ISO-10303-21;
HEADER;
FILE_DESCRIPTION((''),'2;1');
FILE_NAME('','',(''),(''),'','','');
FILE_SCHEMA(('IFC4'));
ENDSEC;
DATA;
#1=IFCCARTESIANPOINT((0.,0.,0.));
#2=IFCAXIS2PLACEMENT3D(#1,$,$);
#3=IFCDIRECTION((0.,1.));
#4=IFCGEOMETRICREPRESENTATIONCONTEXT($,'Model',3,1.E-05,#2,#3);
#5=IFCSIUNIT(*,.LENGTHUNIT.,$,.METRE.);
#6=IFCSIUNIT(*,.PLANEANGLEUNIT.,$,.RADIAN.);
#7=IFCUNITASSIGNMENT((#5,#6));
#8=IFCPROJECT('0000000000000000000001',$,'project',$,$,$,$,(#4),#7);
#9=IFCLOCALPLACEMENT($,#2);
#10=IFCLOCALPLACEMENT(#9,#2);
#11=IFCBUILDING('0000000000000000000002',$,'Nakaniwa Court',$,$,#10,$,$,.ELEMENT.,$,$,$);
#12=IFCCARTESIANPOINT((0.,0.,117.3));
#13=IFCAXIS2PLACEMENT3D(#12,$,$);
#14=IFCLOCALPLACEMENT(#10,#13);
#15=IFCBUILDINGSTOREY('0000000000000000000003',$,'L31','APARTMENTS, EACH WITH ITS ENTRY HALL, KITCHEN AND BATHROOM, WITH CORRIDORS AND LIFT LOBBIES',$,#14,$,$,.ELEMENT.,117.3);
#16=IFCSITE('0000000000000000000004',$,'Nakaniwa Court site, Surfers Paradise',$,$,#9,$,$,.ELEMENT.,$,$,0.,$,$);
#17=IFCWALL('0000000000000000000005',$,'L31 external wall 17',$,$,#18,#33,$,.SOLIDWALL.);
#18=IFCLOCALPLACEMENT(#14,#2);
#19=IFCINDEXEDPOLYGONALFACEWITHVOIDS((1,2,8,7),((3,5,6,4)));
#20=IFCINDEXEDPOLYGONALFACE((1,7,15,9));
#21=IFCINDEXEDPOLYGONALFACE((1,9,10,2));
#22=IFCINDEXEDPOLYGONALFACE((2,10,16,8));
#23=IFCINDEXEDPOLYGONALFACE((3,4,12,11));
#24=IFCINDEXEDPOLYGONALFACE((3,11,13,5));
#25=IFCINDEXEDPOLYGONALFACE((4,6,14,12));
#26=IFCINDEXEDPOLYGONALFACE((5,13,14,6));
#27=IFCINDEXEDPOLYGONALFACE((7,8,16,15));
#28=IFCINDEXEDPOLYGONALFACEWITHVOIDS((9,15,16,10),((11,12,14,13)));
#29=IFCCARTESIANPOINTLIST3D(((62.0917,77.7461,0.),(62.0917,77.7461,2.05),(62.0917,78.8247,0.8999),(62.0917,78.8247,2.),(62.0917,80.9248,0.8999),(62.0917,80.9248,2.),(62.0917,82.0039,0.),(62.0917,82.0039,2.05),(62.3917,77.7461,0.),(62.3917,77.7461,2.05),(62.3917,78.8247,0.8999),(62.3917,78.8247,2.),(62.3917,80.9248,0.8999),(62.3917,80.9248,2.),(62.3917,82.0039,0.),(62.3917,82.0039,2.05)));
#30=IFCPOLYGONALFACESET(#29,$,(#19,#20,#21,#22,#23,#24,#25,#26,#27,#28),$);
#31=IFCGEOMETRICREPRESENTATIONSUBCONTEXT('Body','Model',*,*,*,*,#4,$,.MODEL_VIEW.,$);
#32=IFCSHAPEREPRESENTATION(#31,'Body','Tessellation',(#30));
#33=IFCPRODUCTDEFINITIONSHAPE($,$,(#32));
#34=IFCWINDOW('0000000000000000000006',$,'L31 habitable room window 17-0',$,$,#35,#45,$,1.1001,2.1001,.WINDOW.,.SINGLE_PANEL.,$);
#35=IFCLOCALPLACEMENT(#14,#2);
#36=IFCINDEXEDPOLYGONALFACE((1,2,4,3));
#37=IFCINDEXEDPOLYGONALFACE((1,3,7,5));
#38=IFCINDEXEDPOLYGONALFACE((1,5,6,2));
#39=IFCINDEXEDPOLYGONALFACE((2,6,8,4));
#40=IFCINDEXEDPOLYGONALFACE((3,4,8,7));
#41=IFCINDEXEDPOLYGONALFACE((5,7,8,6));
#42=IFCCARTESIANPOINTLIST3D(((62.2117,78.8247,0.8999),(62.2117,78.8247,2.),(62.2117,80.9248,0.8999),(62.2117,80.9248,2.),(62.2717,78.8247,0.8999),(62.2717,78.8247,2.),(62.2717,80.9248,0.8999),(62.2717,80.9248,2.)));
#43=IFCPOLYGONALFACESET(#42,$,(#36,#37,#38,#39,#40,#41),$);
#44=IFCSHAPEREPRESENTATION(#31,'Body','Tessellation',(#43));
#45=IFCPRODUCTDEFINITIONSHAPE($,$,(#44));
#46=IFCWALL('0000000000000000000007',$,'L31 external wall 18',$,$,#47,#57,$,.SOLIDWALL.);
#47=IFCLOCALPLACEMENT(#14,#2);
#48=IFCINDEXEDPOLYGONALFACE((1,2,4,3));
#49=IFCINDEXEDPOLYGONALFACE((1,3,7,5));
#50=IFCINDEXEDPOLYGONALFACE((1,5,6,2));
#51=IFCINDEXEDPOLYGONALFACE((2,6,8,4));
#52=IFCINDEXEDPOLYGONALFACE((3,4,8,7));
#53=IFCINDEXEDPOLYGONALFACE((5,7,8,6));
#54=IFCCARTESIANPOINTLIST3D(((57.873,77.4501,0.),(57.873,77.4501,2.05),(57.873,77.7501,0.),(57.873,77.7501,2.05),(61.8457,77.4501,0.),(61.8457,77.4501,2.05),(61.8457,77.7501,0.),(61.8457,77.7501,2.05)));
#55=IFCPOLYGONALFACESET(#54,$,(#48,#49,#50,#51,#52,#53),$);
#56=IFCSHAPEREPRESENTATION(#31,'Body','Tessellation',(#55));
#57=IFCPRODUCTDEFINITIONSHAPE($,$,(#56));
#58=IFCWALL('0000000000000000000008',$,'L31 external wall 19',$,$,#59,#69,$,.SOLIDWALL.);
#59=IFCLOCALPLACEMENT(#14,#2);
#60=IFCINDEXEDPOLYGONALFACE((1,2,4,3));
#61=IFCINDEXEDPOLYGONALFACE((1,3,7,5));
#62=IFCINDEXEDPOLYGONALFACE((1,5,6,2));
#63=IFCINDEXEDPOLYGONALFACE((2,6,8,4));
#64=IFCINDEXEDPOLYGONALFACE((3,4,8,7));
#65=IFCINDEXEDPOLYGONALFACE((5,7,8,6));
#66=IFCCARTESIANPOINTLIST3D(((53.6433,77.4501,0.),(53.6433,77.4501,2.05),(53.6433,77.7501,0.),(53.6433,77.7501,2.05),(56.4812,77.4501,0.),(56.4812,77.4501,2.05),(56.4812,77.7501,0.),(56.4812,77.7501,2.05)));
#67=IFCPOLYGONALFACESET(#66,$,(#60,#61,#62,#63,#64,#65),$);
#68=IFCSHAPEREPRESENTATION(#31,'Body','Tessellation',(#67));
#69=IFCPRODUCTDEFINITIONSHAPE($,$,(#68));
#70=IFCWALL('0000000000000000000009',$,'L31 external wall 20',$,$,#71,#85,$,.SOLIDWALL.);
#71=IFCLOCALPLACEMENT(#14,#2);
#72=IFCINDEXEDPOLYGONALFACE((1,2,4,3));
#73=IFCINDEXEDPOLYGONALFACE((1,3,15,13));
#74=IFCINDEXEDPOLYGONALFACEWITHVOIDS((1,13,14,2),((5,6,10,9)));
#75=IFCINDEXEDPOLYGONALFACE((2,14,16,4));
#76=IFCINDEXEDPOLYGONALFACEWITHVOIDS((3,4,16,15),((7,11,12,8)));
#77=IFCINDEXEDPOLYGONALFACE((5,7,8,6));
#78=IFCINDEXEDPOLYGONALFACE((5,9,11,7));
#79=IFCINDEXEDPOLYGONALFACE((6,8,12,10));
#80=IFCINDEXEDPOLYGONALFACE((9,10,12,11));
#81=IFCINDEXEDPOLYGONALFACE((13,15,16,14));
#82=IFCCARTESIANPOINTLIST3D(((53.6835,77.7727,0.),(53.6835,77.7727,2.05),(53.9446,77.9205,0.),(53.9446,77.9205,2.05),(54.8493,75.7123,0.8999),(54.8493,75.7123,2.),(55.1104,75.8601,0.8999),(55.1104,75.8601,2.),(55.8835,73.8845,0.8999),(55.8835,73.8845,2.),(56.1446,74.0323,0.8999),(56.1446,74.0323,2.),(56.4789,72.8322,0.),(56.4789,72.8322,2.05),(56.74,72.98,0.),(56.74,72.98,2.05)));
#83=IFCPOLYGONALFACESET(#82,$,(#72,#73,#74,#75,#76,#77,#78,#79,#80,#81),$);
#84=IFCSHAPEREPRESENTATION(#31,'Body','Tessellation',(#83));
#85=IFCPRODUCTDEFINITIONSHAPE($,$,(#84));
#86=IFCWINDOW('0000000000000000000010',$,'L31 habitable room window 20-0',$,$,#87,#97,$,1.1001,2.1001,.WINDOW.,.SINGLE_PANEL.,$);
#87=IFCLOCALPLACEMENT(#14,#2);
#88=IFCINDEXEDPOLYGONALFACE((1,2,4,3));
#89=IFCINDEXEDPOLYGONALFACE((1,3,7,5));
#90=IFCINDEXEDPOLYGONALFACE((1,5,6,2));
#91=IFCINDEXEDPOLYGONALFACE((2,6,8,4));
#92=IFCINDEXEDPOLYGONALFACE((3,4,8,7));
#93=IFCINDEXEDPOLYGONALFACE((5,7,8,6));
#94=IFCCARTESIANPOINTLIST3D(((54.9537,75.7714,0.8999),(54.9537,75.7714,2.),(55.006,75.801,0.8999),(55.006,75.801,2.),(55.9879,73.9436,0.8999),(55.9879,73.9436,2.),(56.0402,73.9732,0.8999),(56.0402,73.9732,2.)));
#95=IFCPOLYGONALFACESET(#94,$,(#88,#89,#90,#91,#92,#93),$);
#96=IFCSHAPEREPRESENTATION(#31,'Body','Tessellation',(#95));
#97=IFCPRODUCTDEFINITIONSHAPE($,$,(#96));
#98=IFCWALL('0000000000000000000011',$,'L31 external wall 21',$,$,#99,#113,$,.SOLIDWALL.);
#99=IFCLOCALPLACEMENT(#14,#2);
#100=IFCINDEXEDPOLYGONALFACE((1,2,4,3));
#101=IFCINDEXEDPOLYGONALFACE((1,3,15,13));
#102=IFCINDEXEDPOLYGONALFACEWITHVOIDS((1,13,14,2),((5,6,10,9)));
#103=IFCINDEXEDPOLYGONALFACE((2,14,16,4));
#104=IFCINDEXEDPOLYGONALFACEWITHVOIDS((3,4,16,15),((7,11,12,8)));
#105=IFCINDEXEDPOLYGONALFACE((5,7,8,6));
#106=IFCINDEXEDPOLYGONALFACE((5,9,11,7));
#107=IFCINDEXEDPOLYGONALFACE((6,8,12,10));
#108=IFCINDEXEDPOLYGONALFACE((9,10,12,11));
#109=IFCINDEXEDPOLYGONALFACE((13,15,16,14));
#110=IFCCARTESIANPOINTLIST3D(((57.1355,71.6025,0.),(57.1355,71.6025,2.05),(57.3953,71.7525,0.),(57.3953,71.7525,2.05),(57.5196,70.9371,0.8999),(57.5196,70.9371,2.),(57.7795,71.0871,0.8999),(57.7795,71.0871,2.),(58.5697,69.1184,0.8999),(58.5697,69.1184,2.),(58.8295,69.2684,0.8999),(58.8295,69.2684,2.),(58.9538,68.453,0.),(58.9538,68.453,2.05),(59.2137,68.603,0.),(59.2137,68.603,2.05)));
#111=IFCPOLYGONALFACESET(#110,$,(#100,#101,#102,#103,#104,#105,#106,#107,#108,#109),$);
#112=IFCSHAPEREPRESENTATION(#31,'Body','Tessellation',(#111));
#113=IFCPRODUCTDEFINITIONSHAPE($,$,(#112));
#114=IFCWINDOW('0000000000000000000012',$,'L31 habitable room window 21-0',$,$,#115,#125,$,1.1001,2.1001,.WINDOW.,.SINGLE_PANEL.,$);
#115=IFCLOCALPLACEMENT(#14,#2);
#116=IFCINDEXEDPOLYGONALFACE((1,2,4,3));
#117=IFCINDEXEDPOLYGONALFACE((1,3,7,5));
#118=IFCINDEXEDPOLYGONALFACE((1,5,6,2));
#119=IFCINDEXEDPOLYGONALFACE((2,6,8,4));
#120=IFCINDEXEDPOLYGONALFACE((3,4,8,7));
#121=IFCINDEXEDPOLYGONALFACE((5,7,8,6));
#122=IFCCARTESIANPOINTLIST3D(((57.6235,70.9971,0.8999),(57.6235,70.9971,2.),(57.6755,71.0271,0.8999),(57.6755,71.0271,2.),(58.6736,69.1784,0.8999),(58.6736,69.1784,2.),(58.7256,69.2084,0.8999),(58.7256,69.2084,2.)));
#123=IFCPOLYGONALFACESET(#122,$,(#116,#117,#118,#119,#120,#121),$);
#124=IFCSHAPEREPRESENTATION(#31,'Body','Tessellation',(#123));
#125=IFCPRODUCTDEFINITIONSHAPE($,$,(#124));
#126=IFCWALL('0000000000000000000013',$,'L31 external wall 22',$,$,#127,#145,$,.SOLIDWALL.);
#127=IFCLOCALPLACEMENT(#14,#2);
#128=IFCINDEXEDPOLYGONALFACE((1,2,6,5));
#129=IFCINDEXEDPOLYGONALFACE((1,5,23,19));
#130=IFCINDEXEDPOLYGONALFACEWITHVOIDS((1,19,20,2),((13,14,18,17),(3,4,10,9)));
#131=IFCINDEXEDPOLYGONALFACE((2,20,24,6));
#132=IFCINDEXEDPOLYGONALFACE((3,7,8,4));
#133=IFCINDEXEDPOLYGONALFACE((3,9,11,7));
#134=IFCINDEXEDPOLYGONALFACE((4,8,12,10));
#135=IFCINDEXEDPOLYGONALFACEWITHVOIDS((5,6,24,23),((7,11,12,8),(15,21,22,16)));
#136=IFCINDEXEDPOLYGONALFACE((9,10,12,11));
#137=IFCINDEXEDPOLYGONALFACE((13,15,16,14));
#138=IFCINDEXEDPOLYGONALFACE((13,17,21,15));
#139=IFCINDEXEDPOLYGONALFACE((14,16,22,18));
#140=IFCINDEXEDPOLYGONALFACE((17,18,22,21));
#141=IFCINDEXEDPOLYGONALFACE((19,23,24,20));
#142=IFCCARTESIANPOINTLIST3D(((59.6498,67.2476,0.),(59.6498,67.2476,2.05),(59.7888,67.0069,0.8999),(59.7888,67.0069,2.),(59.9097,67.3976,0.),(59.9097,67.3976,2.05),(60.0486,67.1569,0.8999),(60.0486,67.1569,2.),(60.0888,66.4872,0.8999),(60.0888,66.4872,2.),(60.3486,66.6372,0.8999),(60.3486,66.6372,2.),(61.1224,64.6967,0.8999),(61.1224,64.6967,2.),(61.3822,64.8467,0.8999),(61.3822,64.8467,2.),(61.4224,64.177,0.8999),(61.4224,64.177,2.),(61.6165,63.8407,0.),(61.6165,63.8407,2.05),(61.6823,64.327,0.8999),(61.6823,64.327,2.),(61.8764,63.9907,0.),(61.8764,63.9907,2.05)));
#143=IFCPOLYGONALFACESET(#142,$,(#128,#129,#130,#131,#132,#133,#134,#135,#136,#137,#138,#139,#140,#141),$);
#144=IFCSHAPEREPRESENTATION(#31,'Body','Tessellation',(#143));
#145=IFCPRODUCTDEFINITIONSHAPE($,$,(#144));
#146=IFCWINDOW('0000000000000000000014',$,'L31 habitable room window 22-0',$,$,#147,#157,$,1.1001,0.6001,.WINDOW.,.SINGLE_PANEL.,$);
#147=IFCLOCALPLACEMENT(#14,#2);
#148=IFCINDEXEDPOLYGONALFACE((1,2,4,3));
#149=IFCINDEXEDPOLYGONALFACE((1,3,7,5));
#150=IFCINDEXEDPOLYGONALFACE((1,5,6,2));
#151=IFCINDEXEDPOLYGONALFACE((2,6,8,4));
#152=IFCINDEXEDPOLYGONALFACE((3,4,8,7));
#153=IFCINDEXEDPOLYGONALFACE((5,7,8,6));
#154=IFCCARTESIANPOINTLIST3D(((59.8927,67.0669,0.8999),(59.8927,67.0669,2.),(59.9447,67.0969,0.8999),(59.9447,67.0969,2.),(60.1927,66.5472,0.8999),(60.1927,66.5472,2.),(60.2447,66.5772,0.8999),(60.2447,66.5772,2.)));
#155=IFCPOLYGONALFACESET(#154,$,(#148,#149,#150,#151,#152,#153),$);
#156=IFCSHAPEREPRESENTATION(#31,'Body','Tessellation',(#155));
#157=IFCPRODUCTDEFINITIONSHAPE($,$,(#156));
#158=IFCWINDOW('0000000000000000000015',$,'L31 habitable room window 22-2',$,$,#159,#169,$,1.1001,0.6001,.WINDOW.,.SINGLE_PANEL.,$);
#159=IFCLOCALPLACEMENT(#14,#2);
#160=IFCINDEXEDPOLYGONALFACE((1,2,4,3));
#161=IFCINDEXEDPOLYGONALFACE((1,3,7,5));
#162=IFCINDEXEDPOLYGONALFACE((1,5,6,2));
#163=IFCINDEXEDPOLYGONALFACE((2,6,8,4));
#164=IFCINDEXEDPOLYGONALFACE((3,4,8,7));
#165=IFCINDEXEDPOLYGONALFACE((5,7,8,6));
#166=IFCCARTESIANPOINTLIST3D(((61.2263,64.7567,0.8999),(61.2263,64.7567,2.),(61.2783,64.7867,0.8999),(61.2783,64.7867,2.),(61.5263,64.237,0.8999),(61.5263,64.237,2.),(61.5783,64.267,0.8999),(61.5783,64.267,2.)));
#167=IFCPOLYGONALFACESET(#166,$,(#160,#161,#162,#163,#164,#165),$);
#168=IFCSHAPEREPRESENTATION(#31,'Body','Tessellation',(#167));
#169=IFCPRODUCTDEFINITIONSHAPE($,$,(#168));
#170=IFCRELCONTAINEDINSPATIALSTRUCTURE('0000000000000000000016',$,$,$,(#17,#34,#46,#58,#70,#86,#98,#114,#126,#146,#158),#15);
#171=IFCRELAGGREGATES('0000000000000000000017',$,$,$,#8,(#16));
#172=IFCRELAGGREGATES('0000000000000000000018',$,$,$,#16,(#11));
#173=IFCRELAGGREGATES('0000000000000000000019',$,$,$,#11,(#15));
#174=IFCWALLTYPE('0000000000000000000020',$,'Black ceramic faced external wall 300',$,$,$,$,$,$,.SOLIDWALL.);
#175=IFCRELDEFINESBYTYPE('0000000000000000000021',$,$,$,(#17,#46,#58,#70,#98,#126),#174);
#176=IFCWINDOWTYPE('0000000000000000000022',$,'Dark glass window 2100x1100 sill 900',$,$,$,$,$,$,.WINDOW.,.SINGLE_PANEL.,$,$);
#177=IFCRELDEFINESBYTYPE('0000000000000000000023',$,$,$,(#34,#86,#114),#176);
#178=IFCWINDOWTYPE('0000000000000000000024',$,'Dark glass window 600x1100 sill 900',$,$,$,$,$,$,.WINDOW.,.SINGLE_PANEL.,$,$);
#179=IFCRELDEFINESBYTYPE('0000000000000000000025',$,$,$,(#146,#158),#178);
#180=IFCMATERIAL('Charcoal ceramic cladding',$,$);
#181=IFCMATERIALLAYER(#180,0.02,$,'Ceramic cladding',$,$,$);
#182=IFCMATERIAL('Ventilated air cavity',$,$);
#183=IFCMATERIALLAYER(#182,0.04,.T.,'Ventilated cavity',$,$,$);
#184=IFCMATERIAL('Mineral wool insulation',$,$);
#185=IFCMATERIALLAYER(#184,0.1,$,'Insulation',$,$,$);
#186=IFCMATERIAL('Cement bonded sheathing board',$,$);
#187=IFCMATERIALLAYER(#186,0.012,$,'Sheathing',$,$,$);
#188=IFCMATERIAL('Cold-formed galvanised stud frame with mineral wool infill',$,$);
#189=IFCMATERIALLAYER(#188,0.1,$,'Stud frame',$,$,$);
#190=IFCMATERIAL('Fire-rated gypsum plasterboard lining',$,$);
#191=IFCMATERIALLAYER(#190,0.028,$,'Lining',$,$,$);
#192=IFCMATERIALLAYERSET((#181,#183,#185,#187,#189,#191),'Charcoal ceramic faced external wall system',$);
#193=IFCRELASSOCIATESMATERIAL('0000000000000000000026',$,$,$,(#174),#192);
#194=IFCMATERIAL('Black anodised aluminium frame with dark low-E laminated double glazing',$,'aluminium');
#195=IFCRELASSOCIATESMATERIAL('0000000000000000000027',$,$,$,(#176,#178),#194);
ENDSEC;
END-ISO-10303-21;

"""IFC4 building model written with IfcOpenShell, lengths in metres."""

from ifc_helpers import new_model, si_unit, direction, frame, frame_2d, origin, place, context, subcontext, project, spatial, rectangle, extrude, material, layer, layer_set, type_object, element, fill, save


model = new_model("IFC4")

# Units and contexts
model_context = context("Model", 3, precision=1e-05, world=origin(), true_north=direction((0.0, 1.0)))
body_context = subcontext(model_context, "Body", "Model", "MODEL_VIEW")
ifc_project = project(units=[si_unit("LENGTHUNIT", "METRE"), si_unit("PLANEANGLEUNIT", "RADIAN")], contexts=[model_context])

# Site, building, storey
site_placement = place(None, origin())
site = spatial("IfcSite", under=ifc_project, at=site_placement, Name="Nakaniwa Court site, Surfers Paradise", CompositionType="ELEMENT", RefElevation=0.0)
building_placement = place(site_placement, origin())
building = spatial("IfcBuilding", under=site, at=building_placement, Name="Nakaniwa Court", CompositionType="ELEMENT")
storey_placement = place(building_placement, frame((0.0, 0.0, 117.3)))
storey = spatial("IfcBuildingStorey", under=building, at=storey_placement, Name="L31", Description="APARTMENTS, EACH WITH ITS ENTRY HALL, KITCHEN AND BATHROOM, WITH CORRIDORS AND LIFT LOBBIES", CompositionType="ELEMENT", Elevation=117.3)

# Wall, opening, window
ifc_material_1 = material(Name="Charcoal ceramic cladding")
ifc_layer_1 = layer(ifc_material_1, 0.02, Name="Ceramic cladding")
ifc_material_2 = material(Name="Ventilated air cavity")
ifc_layer_2 = layer(ifc_material_2, 0.04, ventilated=True, Name="Ventilated cavity")
ifc_material_3 = material(Name="Mineral wool insulation")
ifc_layer_3 = layer(ifc_material_3, 0.1, Name="Insulation")
ifc_material_4 = material(Name="Cement bonded sheathing board")
ifc_layer_4 = layer(ifc_material_4, 0.012, Name="Sheathing")
ifc_material_5 = material(Name="Cold-formed galvanised stud frame with mineral wool infill")
ifc_layer_5 = layer(ifc_material_5, 0.1, Name="Stud frame")
ifc_material_6 = material(Name="Fire-rated gypsum plasterboard lining")
ifc_layer_6 = layer(ifc_material_6, 0.028, Name="Lining")
ifc_layer_set_1 = layer_set([ifc_layer_1, ifc_layer_2, ifc_layer_3, ifc_layer_4, ifc_layer_5, ifc_layer_6], Name="Charcoal ceramic faced external wall system")
wall_type_1 = type_object("IfcWallType", Name="Black ceramic faced external wall 300", PredefinedType="SOLIDWALL", material=ifc_layer_set_1)
wall_1_placement = place(storey_placement, frame((62.2417, 82.0039, 0.0), z_axis=(0.0, 0.0, 1.0), x_axis=(0.0, -1.0, 0.0)))
wall_1 = element("IfcWall", 1, at=wall_1_placement, inside=storey, type_object=wall_type_1, Name="L31 external wall 17", PredefinedType="SOLIDWALL", context=body_context, shape_type="SweptSolid", body=[
    extrude(rectangle(XDim=4.2578, YDim=0.3, at=frame_2d((2.1289, 0.0))), origin(), (0.0, 0.0, 1.0), 2.05),
])
opening_1_placement = place(wall_1_placement, frame((1.0791, 0.0, 0.8999)))
opening_1 = element("IfcOpeningElement", 2, at=opening_1_placement, cuts=wall_1, PredefinedType="OPENING", context=body_context, shape_type="SweptSolid", body=[
    extrude(rectangle(XDim=2.1001, YDim=1.1001, at=frame_2d((1.05, 0.55))), frame((0.0, 0.1599, 0.0), z_axis=(0.0, -1.0, 0.0), x_axis=(1.0, 0.0, 0.0)), (0.0, 0.0, 1.0), 0.3201),
])
ifc_material_7 = material(Name="Black anodised aluminium frame with dark low-E laminated double glazing", Category="aluminium")
window_type_1 = type_object("IfcWindowType", Name="Dark glass window 2100x1100 sill 900", PartitioningType="SINGLE_PANEL", PredefinedType="WINDOW", material=ifc_material_7)
window_1_placement = place(opening_1_placement, origin())
window_1 = element("IfcWindow", 3, at=window_1_placement, inside=storey, type_object=window_type_1, Name="L31 habitable room window 17-0", OverallHeight=1.1001, OverallWidth=2.1001, PartitioningType="SINGLE_PANEL", PredefinedType="WINDOW", context=body_context, shape_type="SweptSolid", body=[
    extrude(rectangle(XDim=2.1001, YDim=1.1001, at=frame_2d((1.05, 0.55))), frame((0.0, 0.03, 0.0), z_axis=(0.0, -1.0, 0.0), x_axis=(1.0, 0.0, 0.0)), (0.0, 0.0, 1.0), 0.0601),
])
fill(opening_1, window_1)

# Walls
wall_2_placement = place(storey_placement, frame((61.8457, 77.6001, 0.0), z_axis=(0.0, 0.0, 1.0), x_axis=(-1.0, 0.0, 0.0)))
element("IfcWall", 4, at=wall_2_placement, inside=storey, type_object=wall_type_1, Name="L31 external wall 18", PredefinedType="SOLIDWALL", context=body_context, shape_type="SweptSolid", body=[
    extrude(rectangle(XDim=3.9727, YDim=0.3, at=frame_2d((1.9863, 0.0))), origin(), (0.0, 0.0, 1.0), 2.05),
])
wall_3_placement = place(storey_placement, frame((56.4812, 77.6001, 0.0), z_axis=(0.0, 0.0, 1.0), x_axis=(-1.0, 0.0, 0.0)))
element("IfcWall", 5, at=wall_3_placement, inside=storey, type_object=wall_type_1, Name="L31 external wall 19", PredefinedType="SOLIDWALL", context=body_context, shape_type="SweptSolid", body=[
    extrude(rectangle(XDim=2.8379, YDim=0.3, at=frame_2d((1.4189, 0.0))), origin(), (0.0, 0.0, 1.0), 2.05),
])

# Walls, openings, windows
wall_4_placement = place(storey_placement, frame((53.814, 77.8467, 0.0), z_axis=(0.0, 0.0, 1.0), x_axis=(0.492457, -0.870337, 0.0)))
wall_4 = element("IfcWall", 6, at=wall_4_placement, inside=storey, type_object=wall_type_1, Name="L31 external wall 20", PredefinedType="SOLIDWALL", context=body_context, shape_type="SweptSolid", body=[
    extrude(rectangle(XDim=5.6765, YDim=0.3, at=frame_2d((2.8384, 0.0))), origin(), (0.0, 0.0, 1.0), 2.05),
])
opening_2_placement = place(wall_4_placement, frame((2.3674, 0.0, 0.8999)))
opening_2 = element("IfcOpeningElement", 7, at=opening_2_placement, cuts=wall_4, PredefinedType="OPENING", context=body_context, shape_type="SweptSolid", body=[
    extrude(rectangle(XDim=2.1001, YDim=1.1001, at=frame_2d((1.05, 0.55))), frame((0.0, 0.1599, 0.0), z_axis=(0.0, -1.0, 0.0), x_axis=(1.0, 0.0, 0.0)), (0.0, 0.0, 1.0), 0.3201),
])
window_2_placement = place(opening_2_placement, origin())
window_2 = element("IfcWindow", 8, at=window_2_placement, inside=storey, type_object=window_type_1, Name="L31 habitable room window 20-0", OverallHeight=1.1001, OverallWidth=2.1001, PartitioningType="SINGLE_PANEL", PredefinedType="WINDOW", context=body_context, shape_type="SweptSolid", body=[
    extrude(rectangle(XDim=2.1001, YDim=1.1001, at=frame_2d((1.05, 0.55))), frame((0.0, 0.03, 0.0), z_axis=(0.0, -1.0, 0.0), x_axis=(1.0, 0.0, 0.0)), (0.0, 0.0, 1.0), 0.0601),
])
fill(opening_2, window_2)
wall_5_placement = place(storey_placement, frame((57.2654, 71.6775, 0.0), z_axis=(0.0, 0.0, 1.0), x_axis=(0.500009, -0.86602, 0.0)))
wall_5 = element("IfcWall", 9, at=wall_5_placement, inside=storey, type_object=wall_type_1, Name="L31 external wall 21", PredefinedType="SOLIDWALL", context=body_context, shape_type="SweptSolid", body=[
    extrude(rectangle(XDim=3.6367, YDim=0.3, at=frame_2d((1.8184, 0.0))), origin(), (0.0, 0.0, 1.0), 2.05),
])
opening_3_placement = place(wall_5_placement, frame((0.7683, 0.0, 0.8999)))
opening_3 = element("IfcOpeningElement", 10, at=opening_3_placement, cuts=wall_5, PredefinedType="OPENING", context=body_context, shape_type="SweptSolid", body=[
    extrude(rectangle(XDim=2.1001, YDim=1.1001, at=frame_2d((1.05, 0.55))), frame((0.0, 0.1599, 0.0), z_axis=(0.0, -1.0, 0.0), x_axis=(1.0, 0.0, 0.0)), (0.0, 0.0, 1.0), 0.3201),
])
window_3_placement = place(opening_3_placement, origin())
window_3 = element("IfcWindow", 11, at=window_3_placement, inside=storey, type_object=window_type_1, Name="L31 habitable room window 21-0", OverallHeight=1.1001, OverallWidth=2.1001, PartitioningType="SINGLE_PANEL", PredefinedType="WINDOW", context=body_context, shape_type="SweptSolid", body=[
    extrude(rectangle(XDim=2.1001, YDim=1.1001, at=frame_2d((1.05, 0.55))), frame((0.0, 0.03, 0.0), z_axis=(0.0, -1.0, 0.0), x_axis=(1.0, 0.0, 0.0)), (0.0, 0.0, 1.0), 0.0601),
])
fill(opening_3, window_3)

# Wall, openings, windows
wall_6_placement = place(storey_placement, frame((59.7798, 67.3225, 0.0), z_axis=(0.0, 0.0, 1.0), x_axis=(0.499957, -0.86605, 0.0)))
wall_6 = element("IfcWall", 12, at=wall_6_placement, inside=storey, type_object=wall_type_1, Name="L31 external wall 22", PredefinedType="SOLIDWALL", context=body_context, shape_type="SweptSolid", body=[
    extrude(rectangle(XDim=3.9338, YDim=0.3, at=frame_2d((1.9668, 0.0))), origin(), (0.0, 0.0, 1.0), 2.05),
])
opening_4_placement = place(wall_6_placement, frame((0.2778, 0.0, 0.8999)))
opening_4 = element("IfcOpeningElement", 13, at=opening_4_placement, cuts=wall_6, PredefinedType="OPENING", context=body_context, shape_type="SweptSolid", body=[
    extrude(rectangle(XDim=0.6001, YDim=1.1001, at=frame_2d((0.3, 0.55))), frame((0.0, 0.1599, 0.0), z_axis=(0.0, -1.0, 0.0), x_axis=(1.0, 0.0, 0.0)), (0.0, 0.0, 1.0), 0.3201),
])
opening_5_placement = place(wall_6_placement, frame((2.9453, 0.0, 0.8999)))
opening_5 = element("IfcOpeningElement", 14, at=opening_5_placement, cuts=wall_6, PredefinedType="OPENING", context=body_context, shape_type="SweptSolid", body=[
    extrude(rectangle(XDim=0.6001, YDim=1.1001, at=frame_2d((0.3, 0.55))), frame((0.0, 0.1599, 0.0), z_axis=(0.0, -1.0, 0.0), x_axis=(1.0, 0.0, 0.0)), (0.0, 0.0, 1.0), 0.3201),
])
window_type_2 = type_object("IfcWindowType", Name="Dark glass window 600x1100 sill 900", PartitioningType="SINGLE_PANEL", PredefinedType="WINDOW", material=ifc_material_7)
window_4_placement = place(opening_4_placement, origin())
window_4 = element("IfcWindow", 15, at=window_4_placement, inside=storey, type_object=window_type_2, Name="L31 habitable room window 22-0", OverallHeight=1.1001, OverallWidth=0.6001, PartitioningType="SINGLE_PANEL", PredefinedType="WINDOW", context=body_context, shape_type="SweptSolid", body=[
    extrude(rectangle(XDim=0.6001, YDim=1.1001, at=frame_2d((0.3, 0.55))), frame((0.0, 0.03, 0.0), z_axis=(0.0, -1.0, 0.0), x_axis=(1.0, 0.0, 0.0)), (0.0, 0.0, 1.0), 0.0601),
])
fill(opening_4, window_4)
window_5_placement = place(opening_5_placement, origin())
window_5 = element("IfcWindow", 16, at=window_5_placement, inside=storey, type_object=window_type_2, Name="L31 habitable room window 22-2", OverallHeight=1.1001, OverallWidth=0.6001, PartitioningType="SINGLE_PANEL", PredefinedType="WINDOW", context=body_context, shape_type="SweptSolid", body=[
    extrude(rectangle(XDim=0.6001, YDim=1.1001, at=frame_2d((0.3, 0.55))), frame((0.0, 0.03, 0.0), z_axis=(0.0, -1.0, 0.0), x_axis=(1.0, 0.0, 0.0)), (0.0, 0.0, 1.0), 0.0601),
])
fill(opening_5, window_5)

save(model, "model.ifc")
